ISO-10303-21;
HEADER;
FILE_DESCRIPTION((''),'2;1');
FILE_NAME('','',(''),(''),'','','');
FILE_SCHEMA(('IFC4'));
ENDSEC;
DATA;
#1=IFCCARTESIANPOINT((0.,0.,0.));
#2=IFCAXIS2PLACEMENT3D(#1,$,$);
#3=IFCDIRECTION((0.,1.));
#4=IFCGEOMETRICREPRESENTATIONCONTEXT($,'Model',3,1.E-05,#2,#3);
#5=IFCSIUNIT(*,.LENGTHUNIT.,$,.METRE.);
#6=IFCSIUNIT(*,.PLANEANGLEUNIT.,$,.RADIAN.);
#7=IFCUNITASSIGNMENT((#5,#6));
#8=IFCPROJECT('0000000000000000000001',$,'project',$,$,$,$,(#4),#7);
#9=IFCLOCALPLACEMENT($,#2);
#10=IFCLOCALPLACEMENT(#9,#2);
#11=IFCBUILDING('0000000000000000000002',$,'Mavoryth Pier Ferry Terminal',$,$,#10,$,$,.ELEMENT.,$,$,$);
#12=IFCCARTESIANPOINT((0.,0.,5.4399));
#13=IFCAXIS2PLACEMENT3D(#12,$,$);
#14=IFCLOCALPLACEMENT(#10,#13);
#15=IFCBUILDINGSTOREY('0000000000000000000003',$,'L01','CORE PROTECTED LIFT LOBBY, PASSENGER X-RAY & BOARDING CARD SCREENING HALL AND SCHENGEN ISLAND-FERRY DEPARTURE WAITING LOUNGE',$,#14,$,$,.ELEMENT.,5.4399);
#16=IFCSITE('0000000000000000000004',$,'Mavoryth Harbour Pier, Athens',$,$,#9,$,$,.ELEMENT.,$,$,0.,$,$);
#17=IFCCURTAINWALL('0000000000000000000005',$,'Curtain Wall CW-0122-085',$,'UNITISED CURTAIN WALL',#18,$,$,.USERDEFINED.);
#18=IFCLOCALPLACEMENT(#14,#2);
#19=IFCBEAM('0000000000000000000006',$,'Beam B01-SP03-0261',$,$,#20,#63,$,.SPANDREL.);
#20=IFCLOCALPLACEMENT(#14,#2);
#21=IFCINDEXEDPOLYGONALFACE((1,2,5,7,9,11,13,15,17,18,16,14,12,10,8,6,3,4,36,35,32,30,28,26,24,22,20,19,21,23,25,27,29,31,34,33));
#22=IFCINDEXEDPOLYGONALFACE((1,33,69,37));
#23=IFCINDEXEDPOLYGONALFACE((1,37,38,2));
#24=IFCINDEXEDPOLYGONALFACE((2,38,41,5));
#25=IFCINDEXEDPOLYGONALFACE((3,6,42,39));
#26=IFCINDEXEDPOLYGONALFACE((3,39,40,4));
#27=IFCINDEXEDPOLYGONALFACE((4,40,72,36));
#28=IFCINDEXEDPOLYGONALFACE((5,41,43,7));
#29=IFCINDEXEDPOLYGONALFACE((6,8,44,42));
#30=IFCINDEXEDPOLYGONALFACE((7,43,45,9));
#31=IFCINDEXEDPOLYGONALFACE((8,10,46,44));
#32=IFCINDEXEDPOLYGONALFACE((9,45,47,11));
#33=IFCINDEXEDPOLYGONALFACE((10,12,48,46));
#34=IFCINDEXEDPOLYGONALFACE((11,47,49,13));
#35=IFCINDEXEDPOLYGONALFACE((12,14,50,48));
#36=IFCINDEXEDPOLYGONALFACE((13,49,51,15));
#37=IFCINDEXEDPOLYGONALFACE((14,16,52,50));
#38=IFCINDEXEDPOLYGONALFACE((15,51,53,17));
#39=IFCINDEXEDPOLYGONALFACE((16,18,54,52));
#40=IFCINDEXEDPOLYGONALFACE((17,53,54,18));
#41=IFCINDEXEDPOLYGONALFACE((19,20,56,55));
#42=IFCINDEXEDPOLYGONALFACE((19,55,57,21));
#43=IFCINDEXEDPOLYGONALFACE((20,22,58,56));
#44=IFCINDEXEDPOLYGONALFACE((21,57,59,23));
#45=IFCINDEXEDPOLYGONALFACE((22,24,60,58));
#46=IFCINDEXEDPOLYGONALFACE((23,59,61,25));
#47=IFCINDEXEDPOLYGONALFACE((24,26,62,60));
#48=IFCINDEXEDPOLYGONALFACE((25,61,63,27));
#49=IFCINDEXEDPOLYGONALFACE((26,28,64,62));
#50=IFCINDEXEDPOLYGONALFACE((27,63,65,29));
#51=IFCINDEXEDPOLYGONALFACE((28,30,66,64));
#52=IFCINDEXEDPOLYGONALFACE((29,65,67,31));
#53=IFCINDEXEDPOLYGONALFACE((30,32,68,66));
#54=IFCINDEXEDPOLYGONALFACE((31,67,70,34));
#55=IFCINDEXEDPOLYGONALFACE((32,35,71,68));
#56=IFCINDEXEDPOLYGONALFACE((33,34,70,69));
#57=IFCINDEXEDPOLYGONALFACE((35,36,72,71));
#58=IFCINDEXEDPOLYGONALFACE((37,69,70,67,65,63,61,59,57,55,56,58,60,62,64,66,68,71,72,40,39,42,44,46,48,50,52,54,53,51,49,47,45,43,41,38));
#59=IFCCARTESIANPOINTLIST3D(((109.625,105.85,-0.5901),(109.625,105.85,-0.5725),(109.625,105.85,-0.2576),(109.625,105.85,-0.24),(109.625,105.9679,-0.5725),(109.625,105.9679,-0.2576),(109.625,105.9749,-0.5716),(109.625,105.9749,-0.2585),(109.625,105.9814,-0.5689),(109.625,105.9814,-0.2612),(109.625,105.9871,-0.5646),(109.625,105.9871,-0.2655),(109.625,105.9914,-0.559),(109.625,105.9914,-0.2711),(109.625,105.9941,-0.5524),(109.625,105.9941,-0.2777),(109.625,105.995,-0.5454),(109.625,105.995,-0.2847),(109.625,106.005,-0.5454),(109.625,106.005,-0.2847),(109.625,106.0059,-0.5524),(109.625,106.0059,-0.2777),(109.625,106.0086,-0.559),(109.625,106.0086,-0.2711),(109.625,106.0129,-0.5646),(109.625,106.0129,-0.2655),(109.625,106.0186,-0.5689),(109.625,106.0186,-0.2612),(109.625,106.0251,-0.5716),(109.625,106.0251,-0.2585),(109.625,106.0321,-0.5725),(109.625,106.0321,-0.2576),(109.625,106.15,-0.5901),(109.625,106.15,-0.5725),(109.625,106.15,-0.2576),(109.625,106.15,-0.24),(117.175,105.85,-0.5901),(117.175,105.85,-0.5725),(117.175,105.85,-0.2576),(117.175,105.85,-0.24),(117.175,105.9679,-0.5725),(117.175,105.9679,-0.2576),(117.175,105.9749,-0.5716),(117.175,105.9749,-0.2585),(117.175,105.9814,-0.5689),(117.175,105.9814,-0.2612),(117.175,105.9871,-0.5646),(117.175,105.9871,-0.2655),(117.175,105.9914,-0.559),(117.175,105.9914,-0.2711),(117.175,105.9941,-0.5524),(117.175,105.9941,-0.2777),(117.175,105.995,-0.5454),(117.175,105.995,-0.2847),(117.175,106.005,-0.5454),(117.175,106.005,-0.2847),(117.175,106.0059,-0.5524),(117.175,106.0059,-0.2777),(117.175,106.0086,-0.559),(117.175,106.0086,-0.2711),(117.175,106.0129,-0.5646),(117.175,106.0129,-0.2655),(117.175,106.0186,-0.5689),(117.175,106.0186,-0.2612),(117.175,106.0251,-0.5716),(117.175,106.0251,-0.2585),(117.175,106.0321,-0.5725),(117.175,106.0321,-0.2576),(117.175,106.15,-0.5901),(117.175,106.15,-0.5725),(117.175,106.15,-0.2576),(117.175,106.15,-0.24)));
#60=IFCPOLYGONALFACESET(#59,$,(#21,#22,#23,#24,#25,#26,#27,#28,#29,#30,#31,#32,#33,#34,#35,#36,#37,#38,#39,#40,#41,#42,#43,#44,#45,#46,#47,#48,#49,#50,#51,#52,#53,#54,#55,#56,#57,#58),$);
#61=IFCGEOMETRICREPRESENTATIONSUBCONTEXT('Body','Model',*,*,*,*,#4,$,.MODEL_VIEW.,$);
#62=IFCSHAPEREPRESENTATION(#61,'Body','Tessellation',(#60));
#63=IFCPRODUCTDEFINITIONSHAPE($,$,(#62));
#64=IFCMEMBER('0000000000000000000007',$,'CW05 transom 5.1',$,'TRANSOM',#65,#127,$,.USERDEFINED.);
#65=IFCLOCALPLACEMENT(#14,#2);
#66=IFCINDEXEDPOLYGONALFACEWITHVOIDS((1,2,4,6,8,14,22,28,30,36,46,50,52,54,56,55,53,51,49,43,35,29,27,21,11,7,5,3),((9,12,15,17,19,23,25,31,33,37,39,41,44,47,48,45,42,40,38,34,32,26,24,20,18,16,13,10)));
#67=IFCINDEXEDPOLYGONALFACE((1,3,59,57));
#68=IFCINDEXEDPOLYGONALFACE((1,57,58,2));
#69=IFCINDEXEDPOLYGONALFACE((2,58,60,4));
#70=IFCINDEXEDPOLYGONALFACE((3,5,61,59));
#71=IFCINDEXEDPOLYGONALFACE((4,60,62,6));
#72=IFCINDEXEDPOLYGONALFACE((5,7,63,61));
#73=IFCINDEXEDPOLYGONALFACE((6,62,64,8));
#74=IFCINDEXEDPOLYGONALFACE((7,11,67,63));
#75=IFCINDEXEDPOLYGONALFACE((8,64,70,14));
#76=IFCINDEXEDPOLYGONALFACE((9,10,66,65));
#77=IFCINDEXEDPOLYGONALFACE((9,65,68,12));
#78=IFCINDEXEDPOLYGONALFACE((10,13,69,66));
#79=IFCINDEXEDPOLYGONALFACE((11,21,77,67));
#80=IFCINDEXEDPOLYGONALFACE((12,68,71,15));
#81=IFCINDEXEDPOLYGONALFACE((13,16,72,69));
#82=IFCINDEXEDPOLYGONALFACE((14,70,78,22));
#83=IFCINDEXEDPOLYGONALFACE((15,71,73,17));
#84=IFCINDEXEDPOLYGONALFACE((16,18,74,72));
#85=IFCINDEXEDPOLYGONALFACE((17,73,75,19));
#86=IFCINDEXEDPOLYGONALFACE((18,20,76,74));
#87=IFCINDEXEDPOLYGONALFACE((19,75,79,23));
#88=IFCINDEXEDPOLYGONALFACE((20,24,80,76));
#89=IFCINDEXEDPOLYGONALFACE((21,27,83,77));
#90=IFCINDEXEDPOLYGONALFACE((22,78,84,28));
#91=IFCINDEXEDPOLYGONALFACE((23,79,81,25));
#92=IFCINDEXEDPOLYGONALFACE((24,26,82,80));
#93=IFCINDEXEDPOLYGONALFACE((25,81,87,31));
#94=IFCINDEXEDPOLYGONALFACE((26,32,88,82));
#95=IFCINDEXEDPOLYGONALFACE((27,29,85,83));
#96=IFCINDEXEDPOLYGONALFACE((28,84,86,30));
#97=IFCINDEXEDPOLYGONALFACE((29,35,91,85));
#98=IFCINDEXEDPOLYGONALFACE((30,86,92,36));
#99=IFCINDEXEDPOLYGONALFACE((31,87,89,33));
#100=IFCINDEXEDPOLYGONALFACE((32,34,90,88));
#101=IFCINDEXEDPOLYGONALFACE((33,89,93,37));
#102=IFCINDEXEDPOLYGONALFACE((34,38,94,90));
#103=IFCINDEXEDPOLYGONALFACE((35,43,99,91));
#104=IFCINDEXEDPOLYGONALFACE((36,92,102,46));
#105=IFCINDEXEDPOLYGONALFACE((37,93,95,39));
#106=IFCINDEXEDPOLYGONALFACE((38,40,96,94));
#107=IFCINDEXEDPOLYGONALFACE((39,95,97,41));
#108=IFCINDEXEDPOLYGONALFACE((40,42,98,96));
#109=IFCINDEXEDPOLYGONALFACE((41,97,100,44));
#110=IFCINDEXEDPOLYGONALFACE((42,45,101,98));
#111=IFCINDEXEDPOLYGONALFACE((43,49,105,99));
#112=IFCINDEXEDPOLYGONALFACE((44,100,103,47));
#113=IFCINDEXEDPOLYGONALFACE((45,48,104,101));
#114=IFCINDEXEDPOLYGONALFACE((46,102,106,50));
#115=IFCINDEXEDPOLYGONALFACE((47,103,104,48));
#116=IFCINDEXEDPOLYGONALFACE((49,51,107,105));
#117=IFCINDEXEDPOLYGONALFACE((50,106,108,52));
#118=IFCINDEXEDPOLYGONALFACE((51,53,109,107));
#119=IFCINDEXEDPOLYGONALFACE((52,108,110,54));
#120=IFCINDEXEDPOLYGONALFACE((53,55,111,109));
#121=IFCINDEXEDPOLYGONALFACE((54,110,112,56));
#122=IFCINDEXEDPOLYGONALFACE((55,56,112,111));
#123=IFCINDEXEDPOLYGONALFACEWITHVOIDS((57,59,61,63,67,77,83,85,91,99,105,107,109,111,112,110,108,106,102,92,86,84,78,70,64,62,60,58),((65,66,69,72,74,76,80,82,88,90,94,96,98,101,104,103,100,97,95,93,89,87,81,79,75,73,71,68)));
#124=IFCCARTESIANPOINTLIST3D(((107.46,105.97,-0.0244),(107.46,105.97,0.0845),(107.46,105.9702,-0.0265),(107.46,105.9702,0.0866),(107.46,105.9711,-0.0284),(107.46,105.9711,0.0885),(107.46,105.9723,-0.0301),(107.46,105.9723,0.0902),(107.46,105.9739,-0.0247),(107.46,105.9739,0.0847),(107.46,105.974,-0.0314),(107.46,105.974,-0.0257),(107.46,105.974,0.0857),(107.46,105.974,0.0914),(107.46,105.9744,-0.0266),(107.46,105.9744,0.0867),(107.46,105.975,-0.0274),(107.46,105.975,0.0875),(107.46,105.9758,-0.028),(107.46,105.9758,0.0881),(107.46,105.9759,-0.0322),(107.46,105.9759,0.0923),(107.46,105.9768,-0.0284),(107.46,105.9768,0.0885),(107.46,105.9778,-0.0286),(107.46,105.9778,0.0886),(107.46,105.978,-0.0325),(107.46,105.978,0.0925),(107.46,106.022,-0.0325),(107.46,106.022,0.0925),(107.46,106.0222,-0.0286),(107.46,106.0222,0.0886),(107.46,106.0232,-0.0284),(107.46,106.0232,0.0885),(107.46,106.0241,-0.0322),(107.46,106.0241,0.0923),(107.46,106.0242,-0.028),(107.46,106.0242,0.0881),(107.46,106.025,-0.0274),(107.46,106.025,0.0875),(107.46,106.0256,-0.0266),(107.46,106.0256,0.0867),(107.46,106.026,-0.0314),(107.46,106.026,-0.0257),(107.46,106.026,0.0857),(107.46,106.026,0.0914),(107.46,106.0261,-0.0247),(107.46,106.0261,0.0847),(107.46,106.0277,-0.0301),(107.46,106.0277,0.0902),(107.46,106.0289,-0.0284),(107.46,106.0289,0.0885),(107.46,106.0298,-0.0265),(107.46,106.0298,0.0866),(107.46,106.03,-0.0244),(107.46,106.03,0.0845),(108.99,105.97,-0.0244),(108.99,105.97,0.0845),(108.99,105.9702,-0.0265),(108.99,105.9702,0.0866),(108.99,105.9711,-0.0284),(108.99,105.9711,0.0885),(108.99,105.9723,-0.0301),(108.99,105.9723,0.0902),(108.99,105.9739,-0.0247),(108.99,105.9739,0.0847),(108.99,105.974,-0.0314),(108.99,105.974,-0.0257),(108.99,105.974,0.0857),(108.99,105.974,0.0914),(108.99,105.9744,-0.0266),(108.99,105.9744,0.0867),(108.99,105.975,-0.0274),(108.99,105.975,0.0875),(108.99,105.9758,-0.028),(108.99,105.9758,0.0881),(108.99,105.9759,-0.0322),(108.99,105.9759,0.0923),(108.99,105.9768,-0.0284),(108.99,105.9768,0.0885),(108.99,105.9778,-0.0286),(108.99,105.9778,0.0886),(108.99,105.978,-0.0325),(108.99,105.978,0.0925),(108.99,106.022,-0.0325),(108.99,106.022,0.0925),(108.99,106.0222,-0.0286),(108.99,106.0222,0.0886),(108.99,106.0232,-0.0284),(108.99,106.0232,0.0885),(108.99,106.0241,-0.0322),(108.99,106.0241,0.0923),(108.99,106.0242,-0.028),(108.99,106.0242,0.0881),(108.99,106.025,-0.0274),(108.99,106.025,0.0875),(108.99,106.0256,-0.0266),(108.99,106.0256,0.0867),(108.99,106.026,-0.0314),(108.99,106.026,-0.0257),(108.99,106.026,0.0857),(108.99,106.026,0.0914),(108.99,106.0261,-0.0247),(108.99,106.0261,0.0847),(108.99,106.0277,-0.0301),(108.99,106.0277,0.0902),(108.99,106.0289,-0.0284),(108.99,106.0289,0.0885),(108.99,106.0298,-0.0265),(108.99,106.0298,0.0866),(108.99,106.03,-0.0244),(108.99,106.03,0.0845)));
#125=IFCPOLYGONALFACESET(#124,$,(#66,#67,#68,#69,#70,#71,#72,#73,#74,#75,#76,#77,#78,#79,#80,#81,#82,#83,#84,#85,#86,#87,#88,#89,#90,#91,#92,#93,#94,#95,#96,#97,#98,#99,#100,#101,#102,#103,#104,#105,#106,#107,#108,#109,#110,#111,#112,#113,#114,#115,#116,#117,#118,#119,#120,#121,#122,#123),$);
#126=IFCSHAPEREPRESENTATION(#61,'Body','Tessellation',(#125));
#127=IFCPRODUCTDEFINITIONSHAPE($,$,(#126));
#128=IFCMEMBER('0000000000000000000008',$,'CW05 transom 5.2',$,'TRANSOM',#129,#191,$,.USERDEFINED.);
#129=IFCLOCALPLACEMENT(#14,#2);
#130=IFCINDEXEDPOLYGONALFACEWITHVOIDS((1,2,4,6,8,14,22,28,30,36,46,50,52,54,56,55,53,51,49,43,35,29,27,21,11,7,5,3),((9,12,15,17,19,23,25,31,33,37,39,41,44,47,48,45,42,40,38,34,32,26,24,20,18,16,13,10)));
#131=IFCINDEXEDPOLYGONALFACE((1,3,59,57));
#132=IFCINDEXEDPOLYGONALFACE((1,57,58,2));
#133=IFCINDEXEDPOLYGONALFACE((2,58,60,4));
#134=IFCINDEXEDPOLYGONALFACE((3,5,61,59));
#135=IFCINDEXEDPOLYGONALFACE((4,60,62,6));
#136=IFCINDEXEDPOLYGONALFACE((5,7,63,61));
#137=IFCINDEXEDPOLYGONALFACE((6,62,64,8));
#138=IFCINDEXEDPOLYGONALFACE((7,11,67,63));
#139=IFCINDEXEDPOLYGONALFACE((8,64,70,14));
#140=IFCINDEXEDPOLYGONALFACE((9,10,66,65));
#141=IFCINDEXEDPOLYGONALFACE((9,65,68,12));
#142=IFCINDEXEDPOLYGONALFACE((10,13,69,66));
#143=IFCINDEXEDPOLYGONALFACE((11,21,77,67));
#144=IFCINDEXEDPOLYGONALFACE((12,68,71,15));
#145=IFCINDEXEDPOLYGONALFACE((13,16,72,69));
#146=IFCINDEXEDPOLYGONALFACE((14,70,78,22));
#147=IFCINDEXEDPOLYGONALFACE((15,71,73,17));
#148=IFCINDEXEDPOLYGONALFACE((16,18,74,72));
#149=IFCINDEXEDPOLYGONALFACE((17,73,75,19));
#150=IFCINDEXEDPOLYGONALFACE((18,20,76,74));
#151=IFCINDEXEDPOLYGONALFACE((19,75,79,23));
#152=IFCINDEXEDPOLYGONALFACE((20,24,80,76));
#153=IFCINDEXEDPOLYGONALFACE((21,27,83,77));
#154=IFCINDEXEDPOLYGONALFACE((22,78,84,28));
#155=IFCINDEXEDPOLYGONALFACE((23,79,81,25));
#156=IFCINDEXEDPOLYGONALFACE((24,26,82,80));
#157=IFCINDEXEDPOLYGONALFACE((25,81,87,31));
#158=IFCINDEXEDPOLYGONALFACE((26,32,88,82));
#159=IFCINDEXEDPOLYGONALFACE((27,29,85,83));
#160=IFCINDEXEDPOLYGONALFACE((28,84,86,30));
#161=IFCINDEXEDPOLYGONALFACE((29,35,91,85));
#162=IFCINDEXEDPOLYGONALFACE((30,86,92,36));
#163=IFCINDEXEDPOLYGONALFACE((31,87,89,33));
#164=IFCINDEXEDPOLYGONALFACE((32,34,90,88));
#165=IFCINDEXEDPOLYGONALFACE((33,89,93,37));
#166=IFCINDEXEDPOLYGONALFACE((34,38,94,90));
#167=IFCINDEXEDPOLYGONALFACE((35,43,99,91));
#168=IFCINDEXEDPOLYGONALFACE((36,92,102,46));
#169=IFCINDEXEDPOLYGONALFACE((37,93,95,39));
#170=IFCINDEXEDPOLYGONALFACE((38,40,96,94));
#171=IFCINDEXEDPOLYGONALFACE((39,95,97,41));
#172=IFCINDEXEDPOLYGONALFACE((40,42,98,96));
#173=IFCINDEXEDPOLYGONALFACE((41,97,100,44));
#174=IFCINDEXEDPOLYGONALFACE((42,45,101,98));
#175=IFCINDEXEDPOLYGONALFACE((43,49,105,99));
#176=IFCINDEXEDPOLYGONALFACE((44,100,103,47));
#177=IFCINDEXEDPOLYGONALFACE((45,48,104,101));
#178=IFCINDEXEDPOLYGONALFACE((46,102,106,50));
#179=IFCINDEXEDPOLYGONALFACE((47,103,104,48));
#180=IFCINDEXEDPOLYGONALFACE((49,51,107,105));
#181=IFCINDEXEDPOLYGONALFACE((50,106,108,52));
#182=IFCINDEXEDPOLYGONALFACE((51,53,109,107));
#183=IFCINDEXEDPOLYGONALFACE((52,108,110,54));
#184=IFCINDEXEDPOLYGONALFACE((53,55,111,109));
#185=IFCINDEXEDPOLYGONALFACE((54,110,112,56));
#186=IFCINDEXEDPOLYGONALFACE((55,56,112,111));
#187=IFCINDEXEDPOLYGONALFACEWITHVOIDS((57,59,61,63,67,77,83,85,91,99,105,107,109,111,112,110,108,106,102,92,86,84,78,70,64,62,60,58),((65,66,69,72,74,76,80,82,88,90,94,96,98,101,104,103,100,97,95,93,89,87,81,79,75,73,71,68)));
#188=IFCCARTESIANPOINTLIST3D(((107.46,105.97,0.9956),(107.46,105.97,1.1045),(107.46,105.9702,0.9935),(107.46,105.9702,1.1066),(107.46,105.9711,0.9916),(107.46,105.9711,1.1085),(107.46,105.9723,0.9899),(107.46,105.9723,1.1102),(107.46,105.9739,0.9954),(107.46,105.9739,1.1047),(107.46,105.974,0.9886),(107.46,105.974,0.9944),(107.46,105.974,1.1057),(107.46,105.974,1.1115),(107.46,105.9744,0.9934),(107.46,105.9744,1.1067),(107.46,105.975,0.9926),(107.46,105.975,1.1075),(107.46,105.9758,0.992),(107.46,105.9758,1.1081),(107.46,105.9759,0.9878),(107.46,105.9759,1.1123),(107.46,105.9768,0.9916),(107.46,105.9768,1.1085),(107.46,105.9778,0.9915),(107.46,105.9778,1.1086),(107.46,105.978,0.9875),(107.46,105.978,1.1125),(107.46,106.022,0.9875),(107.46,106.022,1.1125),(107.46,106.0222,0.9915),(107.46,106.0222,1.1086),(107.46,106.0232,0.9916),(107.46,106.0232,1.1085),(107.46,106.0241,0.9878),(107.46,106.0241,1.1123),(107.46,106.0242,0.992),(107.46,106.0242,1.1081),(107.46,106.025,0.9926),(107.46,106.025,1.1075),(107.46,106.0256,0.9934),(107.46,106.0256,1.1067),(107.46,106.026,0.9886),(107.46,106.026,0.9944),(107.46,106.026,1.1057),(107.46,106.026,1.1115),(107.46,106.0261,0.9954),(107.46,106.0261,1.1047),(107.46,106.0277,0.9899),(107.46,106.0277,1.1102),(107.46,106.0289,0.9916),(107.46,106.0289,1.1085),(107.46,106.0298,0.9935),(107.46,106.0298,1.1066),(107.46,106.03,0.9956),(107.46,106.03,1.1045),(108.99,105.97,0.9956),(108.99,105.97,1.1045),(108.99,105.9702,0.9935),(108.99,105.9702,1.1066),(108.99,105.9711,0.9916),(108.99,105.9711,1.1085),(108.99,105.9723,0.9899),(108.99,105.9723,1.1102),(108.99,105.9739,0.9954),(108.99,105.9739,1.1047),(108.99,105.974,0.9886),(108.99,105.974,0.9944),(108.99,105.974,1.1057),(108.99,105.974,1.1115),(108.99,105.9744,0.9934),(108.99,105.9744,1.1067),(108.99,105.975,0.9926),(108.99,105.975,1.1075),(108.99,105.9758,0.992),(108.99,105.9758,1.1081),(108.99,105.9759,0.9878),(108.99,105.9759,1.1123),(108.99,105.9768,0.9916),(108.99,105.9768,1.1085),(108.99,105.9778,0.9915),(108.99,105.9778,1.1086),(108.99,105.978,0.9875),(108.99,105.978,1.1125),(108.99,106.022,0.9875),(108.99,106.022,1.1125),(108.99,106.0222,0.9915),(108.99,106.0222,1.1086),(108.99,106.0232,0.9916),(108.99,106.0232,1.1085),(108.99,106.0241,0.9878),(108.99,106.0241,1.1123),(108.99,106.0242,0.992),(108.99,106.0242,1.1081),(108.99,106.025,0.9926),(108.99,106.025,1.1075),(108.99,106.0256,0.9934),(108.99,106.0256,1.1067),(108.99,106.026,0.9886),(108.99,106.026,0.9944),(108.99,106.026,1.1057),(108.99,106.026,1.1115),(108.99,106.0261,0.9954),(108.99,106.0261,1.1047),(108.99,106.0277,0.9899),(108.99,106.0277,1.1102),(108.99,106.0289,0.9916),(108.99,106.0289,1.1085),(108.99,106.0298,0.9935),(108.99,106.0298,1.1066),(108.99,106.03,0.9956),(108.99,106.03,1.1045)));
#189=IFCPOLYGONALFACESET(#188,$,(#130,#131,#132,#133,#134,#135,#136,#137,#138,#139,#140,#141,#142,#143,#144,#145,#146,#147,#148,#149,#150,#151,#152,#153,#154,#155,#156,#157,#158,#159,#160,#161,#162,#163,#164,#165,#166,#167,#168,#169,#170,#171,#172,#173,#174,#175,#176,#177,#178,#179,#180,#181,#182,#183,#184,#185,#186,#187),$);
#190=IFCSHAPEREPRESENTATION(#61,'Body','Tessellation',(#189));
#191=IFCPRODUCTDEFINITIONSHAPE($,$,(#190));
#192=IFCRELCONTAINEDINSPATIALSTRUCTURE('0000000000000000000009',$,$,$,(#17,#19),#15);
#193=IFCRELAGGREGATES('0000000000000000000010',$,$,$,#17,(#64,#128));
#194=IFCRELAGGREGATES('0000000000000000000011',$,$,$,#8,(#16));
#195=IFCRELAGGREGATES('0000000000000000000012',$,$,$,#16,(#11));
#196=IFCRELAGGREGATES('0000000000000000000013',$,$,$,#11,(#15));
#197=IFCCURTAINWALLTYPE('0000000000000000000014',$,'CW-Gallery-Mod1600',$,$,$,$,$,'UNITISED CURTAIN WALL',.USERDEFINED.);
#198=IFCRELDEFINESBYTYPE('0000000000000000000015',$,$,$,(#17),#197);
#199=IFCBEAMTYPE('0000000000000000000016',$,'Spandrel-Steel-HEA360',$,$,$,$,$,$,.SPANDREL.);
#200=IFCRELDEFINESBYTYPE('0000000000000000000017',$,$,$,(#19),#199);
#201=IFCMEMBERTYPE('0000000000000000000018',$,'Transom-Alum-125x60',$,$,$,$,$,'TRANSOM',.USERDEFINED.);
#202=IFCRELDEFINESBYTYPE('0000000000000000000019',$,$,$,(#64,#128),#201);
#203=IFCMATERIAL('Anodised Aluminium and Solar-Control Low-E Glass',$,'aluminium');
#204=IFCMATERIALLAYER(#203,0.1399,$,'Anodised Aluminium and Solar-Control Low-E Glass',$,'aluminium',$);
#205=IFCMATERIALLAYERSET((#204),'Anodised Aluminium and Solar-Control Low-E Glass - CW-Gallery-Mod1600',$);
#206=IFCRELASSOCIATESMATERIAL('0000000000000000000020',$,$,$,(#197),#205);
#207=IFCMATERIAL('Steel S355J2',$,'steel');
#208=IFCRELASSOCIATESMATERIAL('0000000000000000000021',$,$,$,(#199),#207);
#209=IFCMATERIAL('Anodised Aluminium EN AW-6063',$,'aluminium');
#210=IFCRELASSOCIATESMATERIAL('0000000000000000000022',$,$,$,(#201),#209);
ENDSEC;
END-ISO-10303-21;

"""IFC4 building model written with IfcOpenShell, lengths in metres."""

from ifc_helpers import new_model, si_unit, direction, frame, origin, origin_2d, place, context, subcontext, project, spatial, hollow_rectangle, i_section, extrude, material, layer, layer_set, material_profile, profile_set, type_object, element, aggregate, save


model = new_model("IFC4")

# Units and contexts
model_context = context("Model", 3, precision=1e-05, world=origin(), true_north=direction((0.0, 1.0)))
body_context = subcontext(model_context, "Body", "Model", "MODEL_VIEW")
ifc_project = project(units=[si_unit("LENGTHUNIT", "METRE"), si_unit("PLANEANGLEUNIT", "RADIAN")], contexts=[model_context])

# Site, building, storey
site_placement = place(None, origin())
site = spatial("IfcSite", under=ifc_project, at=site_placement, Name="Mavoryth Harbour Pier, Athens", CompositionType="ELEMENT", RefElevation=0.0)
building_placement = place(site_placement, origin())
building = spatial("IfcBuilding", under=site, at=building_placement, Name="Mavoryth Pier Ferry Terminal", CompositionType="ELEMENT")
storey_placement = place(building_placement, frame((0.0, 0.0, 5.4399)))
storey = spatial("IfcBuildingStorey", under=building, at=storey_placement, Name="L01", Description="CORE PROTECTED LIFT LOBBY, PASSENGER X-RAY & BOARDING CARD SCREENING HALL AND SCHENGEN ISLAND-FERRY DEPARTURE WAITING LOUNGE", CompositionType="ELEMENT", Elevation=5.4399)

# Shared definitions
ifc_material_1 = material(Name="Steel S355J2", Category="steel")

# Curtain wall
ifc_material_2 = material(Name="Anodised Aluminium and Solar-Control Low-E Glass", Category="aluminium")
ifc_layer_1 = layer(ifc_material_2, 0.1399, Name="Anodised Aluminium and Solar-Control Low-E Glass", Category="aluminium")
ifc_layer_set_1 = layer_set([ifc_layer_1], Name="Anodised Aluminium and Solar-Control Low-E Glass - CW-Gallery-Mod1600")
curtain_wall_type = type_object("IfcCurtainWallType", Name="CW-Gallery-Mod1600", ElementType="UNITISED CURTAIN WALL", PredefinedType="USERDEFINED", material=ifc_layer_set_1)
curtain_wall_1_placement = place(storey_placement, origin())
curtain_wall_1 = element("IfcCurtainWall", 1, at=curtain_wall_1_placement, inside=storey, type_object=curtain_wall_type, Name="Curtain Wall CW-0122-085", ObjectType="UNITISED CURTAIN WALL", PredefinedType="USERDEFINED")
ifc_material_3 = material(Name="Anodised Aluminium EN AW-6063", Category="aluminium")

# Beam
ifc_material_profile_1 = material_profile(ifc_material_1, i_section(OverallWidth=0.3, OverallDepth=0.3501, WebThickness=0.01, FlangeThickness=0.0176, FilletRadius=0.0271, at=origin_2d()), Name="HEA 360", Category="steel")
ifc_profile_set_1 = profile_set([ifc_material_profile_1], Name="Steel S355J2 - HEA 360")
beam_type_1 = type_object("IfcBeamType", Name="Spandrel-Steel-HEA360", PredefinedType="SPANDREL", material=ifc_profile_set_1)
beam_1_placement = place(storey_placement, frame((109.625, 106.0, -0.415), z_axis=(1.0, 0.0, 0.0), x_axis=(0.0, 1.0, 0.0)))
element("IfcBeam", 2, at=beam_1_placement, inside=storey, type_object=beam_type_1, Name="Beam B01-SP03-0261", PredefinedType="SPANDREL", context=body_context, shape_type="SweptSolid", body=[
    extrude(i_section(OverallWidth=0.3, OverallDepth=0.3501, WebThickness=0.01, FlangeThickness=0.0176, FilletRadius=0.0271, at=origin_2d()), origin(), (0.0, 0.0, 1.0), 7.55),
])

# Members
ifc_material_profile_2 = material_profile(ifc_material_3, hollow_rectangle(XDim=0.0601, YDim=0.125, WallThickness=0.0039, InnerFilletRadius=0.0039, OuterFilletRadius=0.0081, at=origin_2d()), Name="AL-TRAN 125x60x4", Category="aluminium")
ifc_profile_set_2 = profile_set([ifc_material_profile_2], Name="Anodised Aluminium EN AW-6063 - AL-TRAN 125x60x4")
member_type_1 = type_object("IfcMemberType", Name="Transom-Alum-125x60", ElementType="TRANSOM", PredefinedType="USERDEFINED", material=ifc_profile_set_2)
member_1_placement = place(storey_placement, frame((107.46, 106.0, 0.03), z_axis=(1.0, 0.0, 0.0), x_axis=(0.0, 1.0, 0.0)))
member_1 = element("IfcMember", 3, at=member_1_placement, type_object=member_type_1, Name="CW05 transom 5.1", ObjectType="TRANSOM", PredefinedType="USERDEFINED", context=body_context, shape_type="SweptSolid", body=[
    extrude(hollow_rectangle(XDim=0.0601, YDim=0.125, WallThickness=0.0039, InnerFilletRadius=0.0039, OuterFilletRadius=0.0081, at=origin_2d()), origin(), (0.0, 0.0, 1.0), 1.53),
])
member_2_placement = place(storey_placement, frame((107.46, 106.0, 1.05), z_axis=(1.0, 0.0, 0.0), x_axis=(0.0, 1.0, 0.0)))
member_2 = element("IfcMember", 4, at=member_2_placement, type_object=member_type_1, Name="CW05 transom 5.2", ObjectType="TRANSOM", PredefinedType="USERDEFINED", context=body_context, shape_type="SweptSolid", body=[
    extrude(hollow_rectangle(XDim=0.0601, YDim=0.125, WallThickness=0.0039, InnerFilletRadius=0.0039, OuterFilletRadius=0.0081, at=origin_2d()), origin(), (0.0, 0.0, 1.0), 1.53),
])

aggregate(curtain_wall_1, [member_1, member_2])

save(model, "model.ifc")
